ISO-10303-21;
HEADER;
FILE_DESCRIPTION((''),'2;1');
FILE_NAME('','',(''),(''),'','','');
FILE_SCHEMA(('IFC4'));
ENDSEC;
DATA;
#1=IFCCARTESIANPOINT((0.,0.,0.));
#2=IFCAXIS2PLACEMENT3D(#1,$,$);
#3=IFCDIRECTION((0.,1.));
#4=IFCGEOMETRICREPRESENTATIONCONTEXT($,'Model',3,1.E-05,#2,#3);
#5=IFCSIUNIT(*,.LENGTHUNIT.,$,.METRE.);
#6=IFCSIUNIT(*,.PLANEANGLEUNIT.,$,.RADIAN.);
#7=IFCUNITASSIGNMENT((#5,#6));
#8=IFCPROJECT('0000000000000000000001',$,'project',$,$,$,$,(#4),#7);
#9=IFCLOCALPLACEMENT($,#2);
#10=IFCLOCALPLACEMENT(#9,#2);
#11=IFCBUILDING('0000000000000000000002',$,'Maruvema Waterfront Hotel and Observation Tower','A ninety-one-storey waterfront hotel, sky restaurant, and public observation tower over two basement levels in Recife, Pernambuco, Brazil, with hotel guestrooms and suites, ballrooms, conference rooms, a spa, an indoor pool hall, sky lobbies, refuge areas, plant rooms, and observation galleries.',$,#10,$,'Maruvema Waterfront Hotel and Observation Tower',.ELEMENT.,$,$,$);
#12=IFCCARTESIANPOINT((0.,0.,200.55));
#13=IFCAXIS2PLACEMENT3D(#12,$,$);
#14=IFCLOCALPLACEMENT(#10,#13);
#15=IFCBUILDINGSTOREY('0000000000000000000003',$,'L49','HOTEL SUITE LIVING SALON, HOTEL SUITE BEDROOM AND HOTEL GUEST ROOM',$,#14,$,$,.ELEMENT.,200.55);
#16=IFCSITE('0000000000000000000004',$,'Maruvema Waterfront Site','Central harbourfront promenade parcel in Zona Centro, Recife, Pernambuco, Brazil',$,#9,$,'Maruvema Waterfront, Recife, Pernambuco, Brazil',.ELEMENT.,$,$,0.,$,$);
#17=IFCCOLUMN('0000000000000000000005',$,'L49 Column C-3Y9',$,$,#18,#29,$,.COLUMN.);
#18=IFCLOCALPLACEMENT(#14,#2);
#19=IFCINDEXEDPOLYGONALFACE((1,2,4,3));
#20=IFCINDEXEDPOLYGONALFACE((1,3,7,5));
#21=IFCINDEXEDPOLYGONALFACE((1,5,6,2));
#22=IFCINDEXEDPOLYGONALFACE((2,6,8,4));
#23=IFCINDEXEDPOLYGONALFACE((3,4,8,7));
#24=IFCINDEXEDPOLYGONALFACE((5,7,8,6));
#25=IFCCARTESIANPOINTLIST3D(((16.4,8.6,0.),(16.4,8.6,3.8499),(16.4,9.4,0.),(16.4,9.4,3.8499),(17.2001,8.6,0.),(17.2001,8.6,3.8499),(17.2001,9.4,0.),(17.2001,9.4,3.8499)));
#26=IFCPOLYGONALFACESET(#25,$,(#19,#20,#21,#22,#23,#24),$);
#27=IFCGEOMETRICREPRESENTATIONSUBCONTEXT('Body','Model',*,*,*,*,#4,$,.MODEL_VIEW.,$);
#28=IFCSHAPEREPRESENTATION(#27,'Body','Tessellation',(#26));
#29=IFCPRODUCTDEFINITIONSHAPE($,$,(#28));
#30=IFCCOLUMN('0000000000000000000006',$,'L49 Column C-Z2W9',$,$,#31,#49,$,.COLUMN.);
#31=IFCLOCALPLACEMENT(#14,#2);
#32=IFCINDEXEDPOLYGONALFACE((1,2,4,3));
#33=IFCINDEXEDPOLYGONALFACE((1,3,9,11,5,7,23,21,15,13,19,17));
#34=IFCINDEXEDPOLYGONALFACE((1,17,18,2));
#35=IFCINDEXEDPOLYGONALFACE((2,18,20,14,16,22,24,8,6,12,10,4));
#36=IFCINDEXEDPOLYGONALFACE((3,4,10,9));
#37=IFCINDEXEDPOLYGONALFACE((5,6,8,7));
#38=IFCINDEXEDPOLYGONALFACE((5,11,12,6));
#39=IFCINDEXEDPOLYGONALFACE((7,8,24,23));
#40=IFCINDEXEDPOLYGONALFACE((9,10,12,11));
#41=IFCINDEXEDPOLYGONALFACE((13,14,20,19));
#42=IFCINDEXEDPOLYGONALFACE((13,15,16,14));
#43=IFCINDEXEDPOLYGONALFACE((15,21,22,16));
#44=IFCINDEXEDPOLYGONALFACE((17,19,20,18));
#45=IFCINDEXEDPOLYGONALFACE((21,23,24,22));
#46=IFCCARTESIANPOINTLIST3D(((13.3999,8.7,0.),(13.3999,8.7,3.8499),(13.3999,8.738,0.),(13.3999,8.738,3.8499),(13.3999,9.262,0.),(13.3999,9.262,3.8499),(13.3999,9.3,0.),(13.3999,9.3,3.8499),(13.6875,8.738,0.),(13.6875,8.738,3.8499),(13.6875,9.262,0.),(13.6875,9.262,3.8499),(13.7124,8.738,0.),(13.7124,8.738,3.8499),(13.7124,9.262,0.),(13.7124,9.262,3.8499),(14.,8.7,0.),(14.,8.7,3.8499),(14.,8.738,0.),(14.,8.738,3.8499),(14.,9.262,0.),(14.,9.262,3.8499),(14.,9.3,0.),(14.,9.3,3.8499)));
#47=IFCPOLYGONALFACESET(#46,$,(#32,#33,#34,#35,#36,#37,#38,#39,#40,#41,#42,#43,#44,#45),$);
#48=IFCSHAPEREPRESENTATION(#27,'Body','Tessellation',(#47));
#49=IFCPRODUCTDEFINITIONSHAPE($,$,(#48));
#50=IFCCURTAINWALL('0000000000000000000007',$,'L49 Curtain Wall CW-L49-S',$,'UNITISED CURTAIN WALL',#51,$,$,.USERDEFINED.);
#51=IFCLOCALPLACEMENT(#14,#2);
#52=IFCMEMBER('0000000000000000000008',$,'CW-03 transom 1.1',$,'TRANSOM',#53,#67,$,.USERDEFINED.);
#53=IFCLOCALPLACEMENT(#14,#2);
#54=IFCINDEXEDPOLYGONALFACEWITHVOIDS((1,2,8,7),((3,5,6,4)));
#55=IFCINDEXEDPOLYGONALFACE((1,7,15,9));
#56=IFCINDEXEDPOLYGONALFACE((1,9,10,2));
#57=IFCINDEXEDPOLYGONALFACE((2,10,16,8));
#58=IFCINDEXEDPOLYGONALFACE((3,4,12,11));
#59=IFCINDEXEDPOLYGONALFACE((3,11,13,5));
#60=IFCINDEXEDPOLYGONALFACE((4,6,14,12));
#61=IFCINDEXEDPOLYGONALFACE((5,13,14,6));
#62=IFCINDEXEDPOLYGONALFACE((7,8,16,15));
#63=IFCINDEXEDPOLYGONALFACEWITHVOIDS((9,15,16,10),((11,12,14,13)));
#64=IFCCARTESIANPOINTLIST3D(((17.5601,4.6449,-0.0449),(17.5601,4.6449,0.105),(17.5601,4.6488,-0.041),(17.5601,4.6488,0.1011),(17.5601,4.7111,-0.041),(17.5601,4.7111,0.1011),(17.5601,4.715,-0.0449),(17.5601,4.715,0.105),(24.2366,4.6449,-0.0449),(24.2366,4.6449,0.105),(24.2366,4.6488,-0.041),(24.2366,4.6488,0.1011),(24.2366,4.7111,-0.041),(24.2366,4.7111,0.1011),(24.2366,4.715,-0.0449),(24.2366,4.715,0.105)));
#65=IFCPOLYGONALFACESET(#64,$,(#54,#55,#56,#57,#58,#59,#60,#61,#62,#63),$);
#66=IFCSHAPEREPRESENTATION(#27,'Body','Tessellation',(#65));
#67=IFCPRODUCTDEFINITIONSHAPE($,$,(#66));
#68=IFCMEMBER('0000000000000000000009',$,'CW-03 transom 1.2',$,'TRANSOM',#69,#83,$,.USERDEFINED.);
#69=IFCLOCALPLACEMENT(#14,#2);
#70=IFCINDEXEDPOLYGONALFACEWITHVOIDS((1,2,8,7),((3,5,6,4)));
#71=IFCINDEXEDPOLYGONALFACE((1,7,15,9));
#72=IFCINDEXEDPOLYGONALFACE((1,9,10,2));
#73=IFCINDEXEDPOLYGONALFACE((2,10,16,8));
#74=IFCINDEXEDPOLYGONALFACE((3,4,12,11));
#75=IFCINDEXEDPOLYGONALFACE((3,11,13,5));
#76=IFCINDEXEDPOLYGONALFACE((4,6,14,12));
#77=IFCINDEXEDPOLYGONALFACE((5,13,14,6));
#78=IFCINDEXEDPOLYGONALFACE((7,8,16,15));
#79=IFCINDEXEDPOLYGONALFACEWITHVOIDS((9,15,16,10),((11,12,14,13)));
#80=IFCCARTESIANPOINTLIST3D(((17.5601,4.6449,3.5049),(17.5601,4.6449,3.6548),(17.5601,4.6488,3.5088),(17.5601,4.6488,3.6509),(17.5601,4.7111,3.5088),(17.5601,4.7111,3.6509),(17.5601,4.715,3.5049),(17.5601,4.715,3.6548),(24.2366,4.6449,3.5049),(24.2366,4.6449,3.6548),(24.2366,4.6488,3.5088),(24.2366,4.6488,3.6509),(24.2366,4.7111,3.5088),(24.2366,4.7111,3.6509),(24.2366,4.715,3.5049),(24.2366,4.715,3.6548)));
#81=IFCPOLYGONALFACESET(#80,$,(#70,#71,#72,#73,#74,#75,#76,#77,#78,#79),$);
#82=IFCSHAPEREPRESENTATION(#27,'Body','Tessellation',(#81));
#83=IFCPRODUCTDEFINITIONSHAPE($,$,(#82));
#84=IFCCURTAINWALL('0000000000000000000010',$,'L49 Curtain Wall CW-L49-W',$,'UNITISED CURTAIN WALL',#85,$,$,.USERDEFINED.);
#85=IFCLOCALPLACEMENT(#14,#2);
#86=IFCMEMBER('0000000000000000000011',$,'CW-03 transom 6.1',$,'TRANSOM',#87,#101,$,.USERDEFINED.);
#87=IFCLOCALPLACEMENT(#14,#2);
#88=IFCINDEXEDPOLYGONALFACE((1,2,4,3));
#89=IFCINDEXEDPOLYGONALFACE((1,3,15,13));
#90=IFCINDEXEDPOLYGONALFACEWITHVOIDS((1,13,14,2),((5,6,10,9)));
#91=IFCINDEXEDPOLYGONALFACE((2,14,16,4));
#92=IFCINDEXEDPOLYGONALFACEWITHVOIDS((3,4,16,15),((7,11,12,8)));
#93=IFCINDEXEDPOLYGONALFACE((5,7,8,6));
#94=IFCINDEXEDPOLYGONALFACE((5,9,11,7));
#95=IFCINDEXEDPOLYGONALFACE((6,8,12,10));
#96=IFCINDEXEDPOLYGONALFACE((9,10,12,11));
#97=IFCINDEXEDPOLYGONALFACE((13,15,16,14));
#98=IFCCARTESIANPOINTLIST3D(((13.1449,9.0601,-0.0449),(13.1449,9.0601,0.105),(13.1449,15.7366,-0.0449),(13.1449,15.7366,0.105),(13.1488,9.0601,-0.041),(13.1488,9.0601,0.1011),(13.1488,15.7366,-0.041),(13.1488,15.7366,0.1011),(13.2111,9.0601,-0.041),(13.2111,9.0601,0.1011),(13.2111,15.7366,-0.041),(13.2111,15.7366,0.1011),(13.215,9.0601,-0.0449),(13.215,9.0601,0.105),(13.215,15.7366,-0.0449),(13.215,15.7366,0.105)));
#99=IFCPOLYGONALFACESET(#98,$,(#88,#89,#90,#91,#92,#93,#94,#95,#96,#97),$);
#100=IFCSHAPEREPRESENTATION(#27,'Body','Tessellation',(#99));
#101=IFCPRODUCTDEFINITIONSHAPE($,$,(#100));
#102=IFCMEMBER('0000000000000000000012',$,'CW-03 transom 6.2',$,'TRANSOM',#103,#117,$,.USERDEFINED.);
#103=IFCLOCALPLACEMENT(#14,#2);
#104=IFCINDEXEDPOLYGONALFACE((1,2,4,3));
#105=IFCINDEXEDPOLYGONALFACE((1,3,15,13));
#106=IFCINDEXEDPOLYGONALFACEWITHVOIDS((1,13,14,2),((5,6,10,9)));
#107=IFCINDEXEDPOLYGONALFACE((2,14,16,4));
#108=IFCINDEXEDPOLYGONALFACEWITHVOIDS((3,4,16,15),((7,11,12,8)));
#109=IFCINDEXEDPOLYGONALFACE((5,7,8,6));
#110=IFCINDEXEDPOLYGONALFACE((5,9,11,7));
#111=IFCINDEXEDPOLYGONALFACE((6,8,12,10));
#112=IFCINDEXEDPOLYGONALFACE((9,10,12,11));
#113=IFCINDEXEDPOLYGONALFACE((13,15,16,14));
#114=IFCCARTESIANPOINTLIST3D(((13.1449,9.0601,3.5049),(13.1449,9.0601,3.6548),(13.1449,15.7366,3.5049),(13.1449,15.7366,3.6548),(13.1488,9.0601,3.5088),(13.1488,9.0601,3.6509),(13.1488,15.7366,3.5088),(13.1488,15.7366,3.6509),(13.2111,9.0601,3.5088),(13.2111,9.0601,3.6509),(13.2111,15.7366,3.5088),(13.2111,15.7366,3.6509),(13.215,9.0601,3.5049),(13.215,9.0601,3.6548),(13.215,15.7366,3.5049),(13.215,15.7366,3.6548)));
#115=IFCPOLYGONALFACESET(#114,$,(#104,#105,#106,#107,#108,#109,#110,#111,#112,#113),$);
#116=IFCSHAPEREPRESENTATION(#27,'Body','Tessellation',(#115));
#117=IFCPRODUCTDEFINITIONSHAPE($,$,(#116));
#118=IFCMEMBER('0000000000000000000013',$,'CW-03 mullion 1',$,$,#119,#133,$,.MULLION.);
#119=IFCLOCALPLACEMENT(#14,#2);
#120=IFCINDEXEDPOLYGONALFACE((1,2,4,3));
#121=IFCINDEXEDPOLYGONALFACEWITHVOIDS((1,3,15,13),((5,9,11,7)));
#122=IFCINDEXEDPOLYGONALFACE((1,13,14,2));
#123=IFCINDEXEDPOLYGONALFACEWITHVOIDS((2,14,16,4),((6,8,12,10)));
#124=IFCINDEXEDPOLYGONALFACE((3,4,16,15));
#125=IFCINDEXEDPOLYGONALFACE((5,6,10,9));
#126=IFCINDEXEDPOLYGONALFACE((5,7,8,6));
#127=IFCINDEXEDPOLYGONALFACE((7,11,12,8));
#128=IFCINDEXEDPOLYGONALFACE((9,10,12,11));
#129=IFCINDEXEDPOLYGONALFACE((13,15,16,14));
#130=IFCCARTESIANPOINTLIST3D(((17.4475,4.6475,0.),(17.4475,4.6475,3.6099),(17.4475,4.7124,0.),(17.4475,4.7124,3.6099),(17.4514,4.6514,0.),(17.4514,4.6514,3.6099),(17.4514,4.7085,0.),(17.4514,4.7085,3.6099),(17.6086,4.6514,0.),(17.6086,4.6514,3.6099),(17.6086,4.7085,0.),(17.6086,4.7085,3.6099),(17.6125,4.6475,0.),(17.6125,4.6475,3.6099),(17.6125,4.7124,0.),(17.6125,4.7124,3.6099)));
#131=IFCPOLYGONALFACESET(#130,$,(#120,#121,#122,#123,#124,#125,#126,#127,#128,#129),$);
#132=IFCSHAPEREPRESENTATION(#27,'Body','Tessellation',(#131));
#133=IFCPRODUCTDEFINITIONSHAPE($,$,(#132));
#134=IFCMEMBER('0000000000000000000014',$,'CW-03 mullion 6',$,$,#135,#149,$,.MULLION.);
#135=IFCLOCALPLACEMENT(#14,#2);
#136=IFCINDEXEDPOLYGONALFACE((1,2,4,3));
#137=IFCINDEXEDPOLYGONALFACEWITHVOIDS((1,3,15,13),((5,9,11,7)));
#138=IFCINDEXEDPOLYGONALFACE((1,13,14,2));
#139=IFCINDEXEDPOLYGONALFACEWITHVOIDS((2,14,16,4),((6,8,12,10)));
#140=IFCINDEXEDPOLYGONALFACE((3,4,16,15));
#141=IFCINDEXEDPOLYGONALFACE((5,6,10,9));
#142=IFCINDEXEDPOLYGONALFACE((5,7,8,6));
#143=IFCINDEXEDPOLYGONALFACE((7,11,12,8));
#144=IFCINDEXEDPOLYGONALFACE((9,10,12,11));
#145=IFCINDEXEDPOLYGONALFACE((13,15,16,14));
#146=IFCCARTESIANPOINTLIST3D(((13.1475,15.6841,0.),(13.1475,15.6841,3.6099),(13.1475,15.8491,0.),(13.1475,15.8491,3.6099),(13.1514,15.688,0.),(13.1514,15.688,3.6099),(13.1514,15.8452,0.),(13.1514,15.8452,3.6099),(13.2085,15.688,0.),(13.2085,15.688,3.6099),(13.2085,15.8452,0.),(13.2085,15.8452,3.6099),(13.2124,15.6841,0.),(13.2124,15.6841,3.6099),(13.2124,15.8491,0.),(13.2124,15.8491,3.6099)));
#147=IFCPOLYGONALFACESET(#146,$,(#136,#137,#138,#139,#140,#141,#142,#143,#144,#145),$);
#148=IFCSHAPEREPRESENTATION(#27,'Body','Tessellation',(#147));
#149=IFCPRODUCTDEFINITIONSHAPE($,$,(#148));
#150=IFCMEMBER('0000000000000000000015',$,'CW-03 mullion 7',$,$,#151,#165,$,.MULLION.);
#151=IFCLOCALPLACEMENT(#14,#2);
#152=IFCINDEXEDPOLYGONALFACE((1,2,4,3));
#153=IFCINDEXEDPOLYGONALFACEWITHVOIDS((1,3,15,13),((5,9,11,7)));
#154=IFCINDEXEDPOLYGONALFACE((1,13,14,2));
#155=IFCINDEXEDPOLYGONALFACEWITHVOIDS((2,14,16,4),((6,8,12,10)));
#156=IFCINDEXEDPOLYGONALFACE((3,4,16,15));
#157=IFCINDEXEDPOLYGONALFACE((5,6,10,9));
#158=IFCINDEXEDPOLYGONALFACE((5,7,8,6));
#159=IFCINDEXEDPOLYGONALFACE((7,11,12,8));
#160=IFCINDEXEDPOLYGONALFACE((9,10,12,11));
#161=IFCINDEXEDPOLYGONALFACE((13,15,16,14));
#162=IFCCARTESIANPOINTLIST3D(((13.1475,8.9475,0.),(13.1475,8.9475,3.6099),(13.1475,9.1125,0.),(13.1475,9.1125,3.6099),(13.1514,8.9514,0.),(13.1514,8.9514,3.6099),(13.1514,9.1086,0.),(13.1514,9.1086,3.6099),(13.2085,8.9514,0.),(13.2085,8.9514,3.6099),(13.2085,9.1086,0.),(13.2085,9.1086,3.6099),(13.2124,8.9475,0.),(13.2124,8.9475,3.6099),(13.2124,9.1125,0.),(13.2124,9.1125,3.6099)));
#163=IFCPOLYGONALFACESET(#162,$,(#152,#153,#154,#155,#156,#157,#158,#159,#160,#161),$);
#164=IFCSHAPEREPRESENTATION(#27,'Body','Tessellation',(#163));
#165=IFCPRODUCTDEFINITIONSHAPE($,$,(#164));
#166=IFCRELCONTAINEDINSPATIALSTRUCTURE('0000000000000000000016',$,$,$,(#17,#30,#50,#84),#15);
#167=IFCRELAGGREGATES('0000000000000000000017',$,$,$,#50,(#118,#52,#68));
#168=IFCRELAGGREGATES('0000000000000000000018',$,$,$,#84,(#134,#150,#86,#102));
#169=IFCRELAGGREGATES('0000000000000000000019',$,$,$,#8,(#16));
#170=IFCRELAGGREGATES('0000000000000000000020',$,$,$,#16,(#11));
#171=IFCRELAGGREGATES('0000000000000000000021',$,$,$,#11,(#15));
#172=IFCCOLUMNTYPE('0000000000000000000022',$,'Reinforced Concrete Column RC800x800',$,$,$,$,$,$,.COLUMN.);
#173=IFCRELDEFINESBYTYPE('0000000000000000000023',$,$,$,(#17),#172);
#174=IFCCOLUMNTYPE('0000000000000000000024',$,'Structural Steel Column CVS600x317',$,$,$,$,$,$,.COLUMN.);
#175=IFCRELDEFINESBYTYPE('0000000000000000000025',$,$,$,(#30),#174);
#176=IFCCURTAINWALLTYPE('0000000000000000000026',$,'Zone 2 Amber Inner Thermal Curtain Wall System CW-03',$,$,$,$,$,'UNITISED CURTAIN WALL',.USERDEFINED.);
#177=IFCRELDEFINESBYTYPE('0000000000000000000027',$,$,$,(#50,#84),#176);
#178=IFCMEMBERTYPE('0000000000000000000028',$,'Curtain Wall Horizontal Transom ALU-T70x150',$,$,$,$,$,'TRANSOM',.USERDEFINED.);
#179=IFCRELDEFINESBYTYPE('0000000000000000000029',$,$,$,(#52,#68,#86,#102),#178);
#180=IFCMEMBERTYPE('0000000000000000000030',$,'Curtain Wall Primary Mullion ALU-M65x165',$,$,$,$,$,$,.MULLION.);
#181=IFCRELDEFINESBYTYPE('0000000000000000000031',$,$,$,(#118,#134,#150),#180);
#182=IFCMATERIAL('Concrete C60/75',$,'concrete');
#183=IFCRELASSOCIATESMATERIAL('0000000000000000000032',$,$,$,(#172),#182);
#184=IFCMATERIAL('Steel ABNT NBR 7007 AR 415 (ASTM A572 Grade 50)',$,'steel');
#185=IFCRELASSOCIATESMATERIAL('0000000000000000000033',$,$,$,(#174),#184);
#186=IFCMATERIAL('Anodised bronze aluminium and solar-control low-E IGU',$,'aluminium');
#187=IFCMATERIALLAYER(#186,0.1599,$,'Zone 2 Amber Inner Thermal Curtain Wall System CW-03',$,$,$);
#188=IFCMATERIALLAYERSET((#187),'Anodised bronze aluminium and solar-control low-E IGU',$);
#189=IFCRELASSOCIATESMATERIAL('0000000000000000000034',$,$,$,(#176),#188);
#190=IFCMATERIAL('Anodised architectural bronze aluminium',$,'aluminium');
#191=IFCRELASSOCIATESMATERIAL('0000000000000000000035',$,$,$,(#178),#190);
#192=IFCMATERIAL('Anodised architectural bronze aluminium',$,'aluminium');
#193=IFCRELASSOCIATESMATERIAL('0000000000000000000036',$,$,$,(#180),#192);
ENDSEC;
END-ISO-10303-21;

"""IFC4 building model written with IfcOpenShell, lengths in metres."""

from ifc_helpers import new_model, si_unit, direction, frame, origin, origin_2d, place, context, subcontext, project, spatial, rectangle, hollow_rectangle, i_section, extrude, material, layer, layer_set, material_profile, profile_set, type_object, element, aggregate, save


model = new_model("IFC4")

# Units and contexts
model_context = context("Model", 3, precision=1e-05, world=origin(), true_north=direction((0.0, 1.0)))
body_context = subcontext(model_context, "Body", "Model", "MODEL_VIEW")
ifc_project = project(units=[si_unit("LENGTHUNIT", "METRE"), si_unit("PLANEANGLEUNIT", "RADIAN")], contexts=[model_context])

# Site, building, storey
site_placement = place(None, origin())
site = spatial("IfcSite", under=ifc_project, at=site_placement, Name="Maruvema Waterfront Site", Description="Central harbourfront promenade parcel in Zona Centro, Recife, Pernambuco, Brazil", LongName="Maruvema Waterfront, Recife, Pernambuco, Brazil", CompositionType="ELEMENT", RefElevation=0.0)
building_placement = place(site_placement, origin())
building = spatial("IfcBuilding", under=site, at=building_placement, Name="Maruvema Waterfront Hotel and Observation Tower", Description="A ninety-one-storey waterfront hotel, sky restaurant, and public observation tower over two basement levels in Recife, Pernambuco, Brazil, with hotel guestrooms and suites, ballrooms, conference rooms, a spa, an indoor pool hall, sky lobbies, refuge areas, plant rooms, and observation galleries.", LongName="Maruvema Waterfront Hotel and Observation Tower", CompositionType="ELEMENT")
storey_placement = place(building_placement, frame((0.0, 0.0, 200.55)))
storey = spatial("IfcBuildingStorey", under=building, at=storey_placement, Name="L49", Description="HOTEL SUITE LIVING SALON, HOTEL SUITE BEDROOM AND HOTEL GUEST ROOM", CompositionType="ELEMENT", Elevation=200.55)

# Columns
ifc_material_1 = material(Name="Concrete C60/75", Category="concrete")
ifc_material_profile_1 = material_profile(ifc_material_1, rectangle(XDim=0.8, YDim=0.8, at=origin_2d()), Name="RC800x800")
ifc_profile_set_1 = profile_set([ifc_material_profile_1], Name="Concrete C60/75")
column_type_1 = type_object("IfcColumnType", Name="Reinforced Concrete Column RC800x800", PredefinedType="COLUMN", material=ifc_profile_set_1)
column_1_placement = place(storey_placement, frame((16.8, 9.0, 0.0), z_axis=(0.0, 0.0, 1.0), x_axis=(1.0, 0.0, 0.0)))
element("IfcColumn", 1, at=column_1_placement, inside=storey, type_object=column_type_1, Name="L49 Column C-3Y9", PredefinedType="COLUMN", context=body_context, shape_type="SweptSolid", body=[
    extrude(rectangle(XDim=0.8, YDim=0.8, at=origin_2d()), origin(), (0.0, 0.0, 1.0), 3.8499),
])
ifc_material_2 = material(Name="Steel ABNT NBR 7007 AR 415 (ASTM A572 Grade 50)", Category="steel")
ifc_material_profile_2 = material_profile(ifc_material_2, i_section(OverallWidth=0.6001, OverallDepth=0.6001, WebThickness=0.0249, FlangeThickness=0.0381, at=origin_2d()), Name="CVS600x317")
ifc_profile_set_2 = profile_set([ifc_material_profile_2], Name="Steel ABNT NBR 7007 AR 415 (ASTM A572 Grade 50)")
column_type_2 = type_object("IfcColumnType", Name="Structural Steel Column CVS600x317", PredefinedType="COLUMN", material=ifc_profile_set_2)
column_2_placement = place(storey_placement, frame((13.7, 9.0, 0.0), z_axis=(0.0, 0.0, 1.0), x_axis=(1.0, 0.0, 0.0)))
element("IfcColumn", 2, at=column_2_placement, inside=storey, type_object=column_type_2, Name="L49 Column C-Z2W9", PredefinedType="COLUMN", context=body_context, shape_type="SweptSolid", body=[
    extrude(i_section(OverallWidth=0.6001, OverallDepth=0.6001, WebThickness=0.0249, FlangeThickness=0.0381, at=origin_2d()), origin(), (0.0, 0.0, 1.0), 3.8499),
])

# Curtain walls, members
ifc_material_3 = material(Name="Anodised bronze aluminium and solar-control low-E IGU", Category="aluminium")
ifc_layer_1 = layer(ifc_material_3, 0.1599, Name="Zone 2 Amber Inner Thermal Curtain Wall System CW-03")
ifc_layer_set_1 = layer_set([ifc_layer_1], Name="Anodised bronze aluminium and solar-control low-E IGU")
curtain_wall_type = type_object("IfcCurtainWallType", Name="Zone 2 Amber Inner Thermal Curtain Wall System CW-03", ElementType="UNITISED CURTAIN WALL", PredefinedType="USERDEFINED", material=ifc_layer_set_1)
curtain_wall_1_placement = place(storey_placement, origin())
curtain_wall_1 = element("IfcCurtainWall", 3, at=curtain_wall_1_placement, inside=storey, type_object=curtain_wall_type, Name="L49 Curtain Wall CW-L49-S", ObjectType="UNITISED CURTAIN WALL", PredefinedType="USERDEFINED")
ifc_material_4 = material(Name="Anodised architectural bronze aluminium", Category="aluminium")
ifc_material_profile_3 = material_profile(ifc_material_4, hollow_rectangle(XDim=0.0701, YDim=0.1499, WallThickness=0.0039, at=origin_2d()), Name="ALU-T70x150")
ifc_profile_set_3 = profile_set([ifc_material_profile_3], Name="Anodised architectural bronze aluminium")
member_type_1 = type_object("IfcMemberType", Name="Curtain Wall Horizontal Transom ALU-T70x150", ElementType="TRANSOM", PredefinedType="USERDEFINED", material=ifc_profile_set_3)
member_1_placement = place(storey_placement, frame((17.5601, 4.6799, 0.03), z_axis=(1.0, 0.0, 0.0), x_axis=(0.0, 1.0, 0.0)))
member_1 = element("IfcMember", 4, at=member_1_placement, type_object=member_type_1, Name="CW-03 transom 1.1", ObjectType="TRANSOM", PredefinedType="USERDEFINED", context=body_context, shape_type="SweptSolid", body=[
    extrude(hollow_rectangle(XDim=0.0701, YDim=0.1499, WallThickness=0.0039, at=origin_2d()), origin(), (0.0, 0.0, 1.0), 6.6765),
])
member_2_placement = place(storey_placement, frame((17.5601, 4.6799, 3.5798), z_axis=(1.0, 0.0, 0.0), x_axis=(0.0, 1.0, 0.0)))
member_2 = element("IfcMember", 5, at=member_2_placement, type_object=member_type_1, Name="CW-03 transom 1.2", ObjectType="TRANSOM", PredefinedType="USERDEFINED", context=body_context, shape_type="SweptSolid", body=[
    extrude(hollow_rectangle(XDim=0.0701, YDim=0.1499, WallThickness=0.0039, at=origin_2d()), origin(), (0.0, 0.0, 1.0), 6.6765),
])
curtain_wall_2_placement = place(storey_placement, origin())
curtain_wall_2 = element("IfcCurtainWall", 6, at=curtain_wall_2_placement, inside=storey, type_object=curtain_wall_type, Name="L49 Curtain Wall CW-L49-W", ObjectType="UNITISED CURTAIN WALL", PredefinedType="USERDEFINED")
member_3_placement = place(storey_placement, frame((13.1799, 15.7366, 0.03), z_axis=(0.0, -1.0, 0.0), x_axis=(1.0, 0.0, 0.0)))
member_3 = element("IfcMember", 7, at=member_3_placement, type_object=member_type_1, Name="CW-03 transom 6.1", ObjectType="TRANSOM", PredefinedType="USERDEFINED", context=body_context, shape_type="SweptSolid", body=[
    extrude(hollow_rectangle(XDim=0.0701, YDim=0.1499, WallThickness=0.0039, at=origin_2d()), origin(), (0.0, 0.0, 1.0), 6.6765),
])
member_4_placement = place(storey_placement, frame((13.1799, 15.7366, 3.5798), z_axis=(0.0, -1.0, 0.0), x_axis=(1.0, 0.0, 0.0)))
member_4 = element("IfcMember", 8, at=member_4_placement, type_object=member_type_1, Name="CW-03 transom 6.2", ObjectType="TRANSOM", PredefinedType="USERDEFINED", context=body_context, shape_type="SweptSolid", body=[
    extrude(hollow_rectangle(XDim=0.0701, YDim=0.1499, WallThickness=0.0039, at=origin_2d()), origin(), (0.0, 0.0, 1.0), 6.6765),
])

# Members
ifc_material_5 = material(Name="Anodised architectural bronze aluminium", Category="aluminium")
ifc_material_profile_4 = material_profile(ifc_material_5, hollow_rectangle(XDim=0.0649, YDim=0.165, WallThickness=0.0039, at=origin_2d()), Name="ALU-M65x165")
ifc_profile_set_4 = profile_set([ifc_material_profile_4], Name="Anodised architectural bronze aluminium")
member_type_2 = type_object("IfcMemberType", Name="Curtain Wall Primary Mullion ALU-M65x165", PredefinedType="MULLION", material=ifc_profile_set_4)
member_5_placement = place(storey_placement, frame((17.53, 4.6799, 0.0), z_axis=(0.0, 0.0, 1.0), x_axis=(0.0, 1.0, 0.0)))
member_5 = element("IfcMember", 9, at=member_5_placement, type_object=member_type_2, Name="CW-03 mullion 1", PredefinedType="MULLION", context=body_context, shape_type="SweptSolid", body=[
    extrude(hollow_rectangle(XDim=0.0649, YDim=0.165, WallThickness=0.0039, at=origin_2d()), origin(), (0.0, 0.0, 1.0), 3.6099),
])
member_6_placement = place(storey_placement, frame((13.1799, 15.7666, 0.0), z_axis=(0.0, 0.0, 1.0), x_axis=(1.0, 0.0, 0.0)))
member_6 = element("IfcMember", 10, at=member_6_placement, type_object=member_type_2, Name="CW-03 mullion 6", PredefinedType="MULLION", context=body_context, shape_type="SweptSolid", body=[
    extrude(hollow_rectangle(XDim=0.0649, YDim=0.165, WallThickness=0.0039, at=origin_2d()), origin(), (0.0, 0.0, 1.0), 3.6099),
])
member_7_placement = place(storey_placement, frame((13.1799, 9.03, 0.0), z_axis=(0.0, 0.0, 1.0), x_axis=(1.0, 0.0, 0.0)))
member_7 = element("IfcMember", 11, at=member_7_placement, type_object=member_type_2, Name="CW-03 mullion 7", PredefinedType="MULLION", context=body_context, shape_type="SweptSolid", body=[
    extrude(hollow_rectangle(XDim=0.0649, YDim=0.165, WallThickness=0.0039, at=origin_2d()), origin(), (0.0, 0.0, 1.0), 3.6099),
])

aggregate(curtain_wall_1, [member_5, member_1, member_2])
aggregate(curtain_wall_2, [member_6, member_7, member_3, member_4])

save(model, "model.ifc")
